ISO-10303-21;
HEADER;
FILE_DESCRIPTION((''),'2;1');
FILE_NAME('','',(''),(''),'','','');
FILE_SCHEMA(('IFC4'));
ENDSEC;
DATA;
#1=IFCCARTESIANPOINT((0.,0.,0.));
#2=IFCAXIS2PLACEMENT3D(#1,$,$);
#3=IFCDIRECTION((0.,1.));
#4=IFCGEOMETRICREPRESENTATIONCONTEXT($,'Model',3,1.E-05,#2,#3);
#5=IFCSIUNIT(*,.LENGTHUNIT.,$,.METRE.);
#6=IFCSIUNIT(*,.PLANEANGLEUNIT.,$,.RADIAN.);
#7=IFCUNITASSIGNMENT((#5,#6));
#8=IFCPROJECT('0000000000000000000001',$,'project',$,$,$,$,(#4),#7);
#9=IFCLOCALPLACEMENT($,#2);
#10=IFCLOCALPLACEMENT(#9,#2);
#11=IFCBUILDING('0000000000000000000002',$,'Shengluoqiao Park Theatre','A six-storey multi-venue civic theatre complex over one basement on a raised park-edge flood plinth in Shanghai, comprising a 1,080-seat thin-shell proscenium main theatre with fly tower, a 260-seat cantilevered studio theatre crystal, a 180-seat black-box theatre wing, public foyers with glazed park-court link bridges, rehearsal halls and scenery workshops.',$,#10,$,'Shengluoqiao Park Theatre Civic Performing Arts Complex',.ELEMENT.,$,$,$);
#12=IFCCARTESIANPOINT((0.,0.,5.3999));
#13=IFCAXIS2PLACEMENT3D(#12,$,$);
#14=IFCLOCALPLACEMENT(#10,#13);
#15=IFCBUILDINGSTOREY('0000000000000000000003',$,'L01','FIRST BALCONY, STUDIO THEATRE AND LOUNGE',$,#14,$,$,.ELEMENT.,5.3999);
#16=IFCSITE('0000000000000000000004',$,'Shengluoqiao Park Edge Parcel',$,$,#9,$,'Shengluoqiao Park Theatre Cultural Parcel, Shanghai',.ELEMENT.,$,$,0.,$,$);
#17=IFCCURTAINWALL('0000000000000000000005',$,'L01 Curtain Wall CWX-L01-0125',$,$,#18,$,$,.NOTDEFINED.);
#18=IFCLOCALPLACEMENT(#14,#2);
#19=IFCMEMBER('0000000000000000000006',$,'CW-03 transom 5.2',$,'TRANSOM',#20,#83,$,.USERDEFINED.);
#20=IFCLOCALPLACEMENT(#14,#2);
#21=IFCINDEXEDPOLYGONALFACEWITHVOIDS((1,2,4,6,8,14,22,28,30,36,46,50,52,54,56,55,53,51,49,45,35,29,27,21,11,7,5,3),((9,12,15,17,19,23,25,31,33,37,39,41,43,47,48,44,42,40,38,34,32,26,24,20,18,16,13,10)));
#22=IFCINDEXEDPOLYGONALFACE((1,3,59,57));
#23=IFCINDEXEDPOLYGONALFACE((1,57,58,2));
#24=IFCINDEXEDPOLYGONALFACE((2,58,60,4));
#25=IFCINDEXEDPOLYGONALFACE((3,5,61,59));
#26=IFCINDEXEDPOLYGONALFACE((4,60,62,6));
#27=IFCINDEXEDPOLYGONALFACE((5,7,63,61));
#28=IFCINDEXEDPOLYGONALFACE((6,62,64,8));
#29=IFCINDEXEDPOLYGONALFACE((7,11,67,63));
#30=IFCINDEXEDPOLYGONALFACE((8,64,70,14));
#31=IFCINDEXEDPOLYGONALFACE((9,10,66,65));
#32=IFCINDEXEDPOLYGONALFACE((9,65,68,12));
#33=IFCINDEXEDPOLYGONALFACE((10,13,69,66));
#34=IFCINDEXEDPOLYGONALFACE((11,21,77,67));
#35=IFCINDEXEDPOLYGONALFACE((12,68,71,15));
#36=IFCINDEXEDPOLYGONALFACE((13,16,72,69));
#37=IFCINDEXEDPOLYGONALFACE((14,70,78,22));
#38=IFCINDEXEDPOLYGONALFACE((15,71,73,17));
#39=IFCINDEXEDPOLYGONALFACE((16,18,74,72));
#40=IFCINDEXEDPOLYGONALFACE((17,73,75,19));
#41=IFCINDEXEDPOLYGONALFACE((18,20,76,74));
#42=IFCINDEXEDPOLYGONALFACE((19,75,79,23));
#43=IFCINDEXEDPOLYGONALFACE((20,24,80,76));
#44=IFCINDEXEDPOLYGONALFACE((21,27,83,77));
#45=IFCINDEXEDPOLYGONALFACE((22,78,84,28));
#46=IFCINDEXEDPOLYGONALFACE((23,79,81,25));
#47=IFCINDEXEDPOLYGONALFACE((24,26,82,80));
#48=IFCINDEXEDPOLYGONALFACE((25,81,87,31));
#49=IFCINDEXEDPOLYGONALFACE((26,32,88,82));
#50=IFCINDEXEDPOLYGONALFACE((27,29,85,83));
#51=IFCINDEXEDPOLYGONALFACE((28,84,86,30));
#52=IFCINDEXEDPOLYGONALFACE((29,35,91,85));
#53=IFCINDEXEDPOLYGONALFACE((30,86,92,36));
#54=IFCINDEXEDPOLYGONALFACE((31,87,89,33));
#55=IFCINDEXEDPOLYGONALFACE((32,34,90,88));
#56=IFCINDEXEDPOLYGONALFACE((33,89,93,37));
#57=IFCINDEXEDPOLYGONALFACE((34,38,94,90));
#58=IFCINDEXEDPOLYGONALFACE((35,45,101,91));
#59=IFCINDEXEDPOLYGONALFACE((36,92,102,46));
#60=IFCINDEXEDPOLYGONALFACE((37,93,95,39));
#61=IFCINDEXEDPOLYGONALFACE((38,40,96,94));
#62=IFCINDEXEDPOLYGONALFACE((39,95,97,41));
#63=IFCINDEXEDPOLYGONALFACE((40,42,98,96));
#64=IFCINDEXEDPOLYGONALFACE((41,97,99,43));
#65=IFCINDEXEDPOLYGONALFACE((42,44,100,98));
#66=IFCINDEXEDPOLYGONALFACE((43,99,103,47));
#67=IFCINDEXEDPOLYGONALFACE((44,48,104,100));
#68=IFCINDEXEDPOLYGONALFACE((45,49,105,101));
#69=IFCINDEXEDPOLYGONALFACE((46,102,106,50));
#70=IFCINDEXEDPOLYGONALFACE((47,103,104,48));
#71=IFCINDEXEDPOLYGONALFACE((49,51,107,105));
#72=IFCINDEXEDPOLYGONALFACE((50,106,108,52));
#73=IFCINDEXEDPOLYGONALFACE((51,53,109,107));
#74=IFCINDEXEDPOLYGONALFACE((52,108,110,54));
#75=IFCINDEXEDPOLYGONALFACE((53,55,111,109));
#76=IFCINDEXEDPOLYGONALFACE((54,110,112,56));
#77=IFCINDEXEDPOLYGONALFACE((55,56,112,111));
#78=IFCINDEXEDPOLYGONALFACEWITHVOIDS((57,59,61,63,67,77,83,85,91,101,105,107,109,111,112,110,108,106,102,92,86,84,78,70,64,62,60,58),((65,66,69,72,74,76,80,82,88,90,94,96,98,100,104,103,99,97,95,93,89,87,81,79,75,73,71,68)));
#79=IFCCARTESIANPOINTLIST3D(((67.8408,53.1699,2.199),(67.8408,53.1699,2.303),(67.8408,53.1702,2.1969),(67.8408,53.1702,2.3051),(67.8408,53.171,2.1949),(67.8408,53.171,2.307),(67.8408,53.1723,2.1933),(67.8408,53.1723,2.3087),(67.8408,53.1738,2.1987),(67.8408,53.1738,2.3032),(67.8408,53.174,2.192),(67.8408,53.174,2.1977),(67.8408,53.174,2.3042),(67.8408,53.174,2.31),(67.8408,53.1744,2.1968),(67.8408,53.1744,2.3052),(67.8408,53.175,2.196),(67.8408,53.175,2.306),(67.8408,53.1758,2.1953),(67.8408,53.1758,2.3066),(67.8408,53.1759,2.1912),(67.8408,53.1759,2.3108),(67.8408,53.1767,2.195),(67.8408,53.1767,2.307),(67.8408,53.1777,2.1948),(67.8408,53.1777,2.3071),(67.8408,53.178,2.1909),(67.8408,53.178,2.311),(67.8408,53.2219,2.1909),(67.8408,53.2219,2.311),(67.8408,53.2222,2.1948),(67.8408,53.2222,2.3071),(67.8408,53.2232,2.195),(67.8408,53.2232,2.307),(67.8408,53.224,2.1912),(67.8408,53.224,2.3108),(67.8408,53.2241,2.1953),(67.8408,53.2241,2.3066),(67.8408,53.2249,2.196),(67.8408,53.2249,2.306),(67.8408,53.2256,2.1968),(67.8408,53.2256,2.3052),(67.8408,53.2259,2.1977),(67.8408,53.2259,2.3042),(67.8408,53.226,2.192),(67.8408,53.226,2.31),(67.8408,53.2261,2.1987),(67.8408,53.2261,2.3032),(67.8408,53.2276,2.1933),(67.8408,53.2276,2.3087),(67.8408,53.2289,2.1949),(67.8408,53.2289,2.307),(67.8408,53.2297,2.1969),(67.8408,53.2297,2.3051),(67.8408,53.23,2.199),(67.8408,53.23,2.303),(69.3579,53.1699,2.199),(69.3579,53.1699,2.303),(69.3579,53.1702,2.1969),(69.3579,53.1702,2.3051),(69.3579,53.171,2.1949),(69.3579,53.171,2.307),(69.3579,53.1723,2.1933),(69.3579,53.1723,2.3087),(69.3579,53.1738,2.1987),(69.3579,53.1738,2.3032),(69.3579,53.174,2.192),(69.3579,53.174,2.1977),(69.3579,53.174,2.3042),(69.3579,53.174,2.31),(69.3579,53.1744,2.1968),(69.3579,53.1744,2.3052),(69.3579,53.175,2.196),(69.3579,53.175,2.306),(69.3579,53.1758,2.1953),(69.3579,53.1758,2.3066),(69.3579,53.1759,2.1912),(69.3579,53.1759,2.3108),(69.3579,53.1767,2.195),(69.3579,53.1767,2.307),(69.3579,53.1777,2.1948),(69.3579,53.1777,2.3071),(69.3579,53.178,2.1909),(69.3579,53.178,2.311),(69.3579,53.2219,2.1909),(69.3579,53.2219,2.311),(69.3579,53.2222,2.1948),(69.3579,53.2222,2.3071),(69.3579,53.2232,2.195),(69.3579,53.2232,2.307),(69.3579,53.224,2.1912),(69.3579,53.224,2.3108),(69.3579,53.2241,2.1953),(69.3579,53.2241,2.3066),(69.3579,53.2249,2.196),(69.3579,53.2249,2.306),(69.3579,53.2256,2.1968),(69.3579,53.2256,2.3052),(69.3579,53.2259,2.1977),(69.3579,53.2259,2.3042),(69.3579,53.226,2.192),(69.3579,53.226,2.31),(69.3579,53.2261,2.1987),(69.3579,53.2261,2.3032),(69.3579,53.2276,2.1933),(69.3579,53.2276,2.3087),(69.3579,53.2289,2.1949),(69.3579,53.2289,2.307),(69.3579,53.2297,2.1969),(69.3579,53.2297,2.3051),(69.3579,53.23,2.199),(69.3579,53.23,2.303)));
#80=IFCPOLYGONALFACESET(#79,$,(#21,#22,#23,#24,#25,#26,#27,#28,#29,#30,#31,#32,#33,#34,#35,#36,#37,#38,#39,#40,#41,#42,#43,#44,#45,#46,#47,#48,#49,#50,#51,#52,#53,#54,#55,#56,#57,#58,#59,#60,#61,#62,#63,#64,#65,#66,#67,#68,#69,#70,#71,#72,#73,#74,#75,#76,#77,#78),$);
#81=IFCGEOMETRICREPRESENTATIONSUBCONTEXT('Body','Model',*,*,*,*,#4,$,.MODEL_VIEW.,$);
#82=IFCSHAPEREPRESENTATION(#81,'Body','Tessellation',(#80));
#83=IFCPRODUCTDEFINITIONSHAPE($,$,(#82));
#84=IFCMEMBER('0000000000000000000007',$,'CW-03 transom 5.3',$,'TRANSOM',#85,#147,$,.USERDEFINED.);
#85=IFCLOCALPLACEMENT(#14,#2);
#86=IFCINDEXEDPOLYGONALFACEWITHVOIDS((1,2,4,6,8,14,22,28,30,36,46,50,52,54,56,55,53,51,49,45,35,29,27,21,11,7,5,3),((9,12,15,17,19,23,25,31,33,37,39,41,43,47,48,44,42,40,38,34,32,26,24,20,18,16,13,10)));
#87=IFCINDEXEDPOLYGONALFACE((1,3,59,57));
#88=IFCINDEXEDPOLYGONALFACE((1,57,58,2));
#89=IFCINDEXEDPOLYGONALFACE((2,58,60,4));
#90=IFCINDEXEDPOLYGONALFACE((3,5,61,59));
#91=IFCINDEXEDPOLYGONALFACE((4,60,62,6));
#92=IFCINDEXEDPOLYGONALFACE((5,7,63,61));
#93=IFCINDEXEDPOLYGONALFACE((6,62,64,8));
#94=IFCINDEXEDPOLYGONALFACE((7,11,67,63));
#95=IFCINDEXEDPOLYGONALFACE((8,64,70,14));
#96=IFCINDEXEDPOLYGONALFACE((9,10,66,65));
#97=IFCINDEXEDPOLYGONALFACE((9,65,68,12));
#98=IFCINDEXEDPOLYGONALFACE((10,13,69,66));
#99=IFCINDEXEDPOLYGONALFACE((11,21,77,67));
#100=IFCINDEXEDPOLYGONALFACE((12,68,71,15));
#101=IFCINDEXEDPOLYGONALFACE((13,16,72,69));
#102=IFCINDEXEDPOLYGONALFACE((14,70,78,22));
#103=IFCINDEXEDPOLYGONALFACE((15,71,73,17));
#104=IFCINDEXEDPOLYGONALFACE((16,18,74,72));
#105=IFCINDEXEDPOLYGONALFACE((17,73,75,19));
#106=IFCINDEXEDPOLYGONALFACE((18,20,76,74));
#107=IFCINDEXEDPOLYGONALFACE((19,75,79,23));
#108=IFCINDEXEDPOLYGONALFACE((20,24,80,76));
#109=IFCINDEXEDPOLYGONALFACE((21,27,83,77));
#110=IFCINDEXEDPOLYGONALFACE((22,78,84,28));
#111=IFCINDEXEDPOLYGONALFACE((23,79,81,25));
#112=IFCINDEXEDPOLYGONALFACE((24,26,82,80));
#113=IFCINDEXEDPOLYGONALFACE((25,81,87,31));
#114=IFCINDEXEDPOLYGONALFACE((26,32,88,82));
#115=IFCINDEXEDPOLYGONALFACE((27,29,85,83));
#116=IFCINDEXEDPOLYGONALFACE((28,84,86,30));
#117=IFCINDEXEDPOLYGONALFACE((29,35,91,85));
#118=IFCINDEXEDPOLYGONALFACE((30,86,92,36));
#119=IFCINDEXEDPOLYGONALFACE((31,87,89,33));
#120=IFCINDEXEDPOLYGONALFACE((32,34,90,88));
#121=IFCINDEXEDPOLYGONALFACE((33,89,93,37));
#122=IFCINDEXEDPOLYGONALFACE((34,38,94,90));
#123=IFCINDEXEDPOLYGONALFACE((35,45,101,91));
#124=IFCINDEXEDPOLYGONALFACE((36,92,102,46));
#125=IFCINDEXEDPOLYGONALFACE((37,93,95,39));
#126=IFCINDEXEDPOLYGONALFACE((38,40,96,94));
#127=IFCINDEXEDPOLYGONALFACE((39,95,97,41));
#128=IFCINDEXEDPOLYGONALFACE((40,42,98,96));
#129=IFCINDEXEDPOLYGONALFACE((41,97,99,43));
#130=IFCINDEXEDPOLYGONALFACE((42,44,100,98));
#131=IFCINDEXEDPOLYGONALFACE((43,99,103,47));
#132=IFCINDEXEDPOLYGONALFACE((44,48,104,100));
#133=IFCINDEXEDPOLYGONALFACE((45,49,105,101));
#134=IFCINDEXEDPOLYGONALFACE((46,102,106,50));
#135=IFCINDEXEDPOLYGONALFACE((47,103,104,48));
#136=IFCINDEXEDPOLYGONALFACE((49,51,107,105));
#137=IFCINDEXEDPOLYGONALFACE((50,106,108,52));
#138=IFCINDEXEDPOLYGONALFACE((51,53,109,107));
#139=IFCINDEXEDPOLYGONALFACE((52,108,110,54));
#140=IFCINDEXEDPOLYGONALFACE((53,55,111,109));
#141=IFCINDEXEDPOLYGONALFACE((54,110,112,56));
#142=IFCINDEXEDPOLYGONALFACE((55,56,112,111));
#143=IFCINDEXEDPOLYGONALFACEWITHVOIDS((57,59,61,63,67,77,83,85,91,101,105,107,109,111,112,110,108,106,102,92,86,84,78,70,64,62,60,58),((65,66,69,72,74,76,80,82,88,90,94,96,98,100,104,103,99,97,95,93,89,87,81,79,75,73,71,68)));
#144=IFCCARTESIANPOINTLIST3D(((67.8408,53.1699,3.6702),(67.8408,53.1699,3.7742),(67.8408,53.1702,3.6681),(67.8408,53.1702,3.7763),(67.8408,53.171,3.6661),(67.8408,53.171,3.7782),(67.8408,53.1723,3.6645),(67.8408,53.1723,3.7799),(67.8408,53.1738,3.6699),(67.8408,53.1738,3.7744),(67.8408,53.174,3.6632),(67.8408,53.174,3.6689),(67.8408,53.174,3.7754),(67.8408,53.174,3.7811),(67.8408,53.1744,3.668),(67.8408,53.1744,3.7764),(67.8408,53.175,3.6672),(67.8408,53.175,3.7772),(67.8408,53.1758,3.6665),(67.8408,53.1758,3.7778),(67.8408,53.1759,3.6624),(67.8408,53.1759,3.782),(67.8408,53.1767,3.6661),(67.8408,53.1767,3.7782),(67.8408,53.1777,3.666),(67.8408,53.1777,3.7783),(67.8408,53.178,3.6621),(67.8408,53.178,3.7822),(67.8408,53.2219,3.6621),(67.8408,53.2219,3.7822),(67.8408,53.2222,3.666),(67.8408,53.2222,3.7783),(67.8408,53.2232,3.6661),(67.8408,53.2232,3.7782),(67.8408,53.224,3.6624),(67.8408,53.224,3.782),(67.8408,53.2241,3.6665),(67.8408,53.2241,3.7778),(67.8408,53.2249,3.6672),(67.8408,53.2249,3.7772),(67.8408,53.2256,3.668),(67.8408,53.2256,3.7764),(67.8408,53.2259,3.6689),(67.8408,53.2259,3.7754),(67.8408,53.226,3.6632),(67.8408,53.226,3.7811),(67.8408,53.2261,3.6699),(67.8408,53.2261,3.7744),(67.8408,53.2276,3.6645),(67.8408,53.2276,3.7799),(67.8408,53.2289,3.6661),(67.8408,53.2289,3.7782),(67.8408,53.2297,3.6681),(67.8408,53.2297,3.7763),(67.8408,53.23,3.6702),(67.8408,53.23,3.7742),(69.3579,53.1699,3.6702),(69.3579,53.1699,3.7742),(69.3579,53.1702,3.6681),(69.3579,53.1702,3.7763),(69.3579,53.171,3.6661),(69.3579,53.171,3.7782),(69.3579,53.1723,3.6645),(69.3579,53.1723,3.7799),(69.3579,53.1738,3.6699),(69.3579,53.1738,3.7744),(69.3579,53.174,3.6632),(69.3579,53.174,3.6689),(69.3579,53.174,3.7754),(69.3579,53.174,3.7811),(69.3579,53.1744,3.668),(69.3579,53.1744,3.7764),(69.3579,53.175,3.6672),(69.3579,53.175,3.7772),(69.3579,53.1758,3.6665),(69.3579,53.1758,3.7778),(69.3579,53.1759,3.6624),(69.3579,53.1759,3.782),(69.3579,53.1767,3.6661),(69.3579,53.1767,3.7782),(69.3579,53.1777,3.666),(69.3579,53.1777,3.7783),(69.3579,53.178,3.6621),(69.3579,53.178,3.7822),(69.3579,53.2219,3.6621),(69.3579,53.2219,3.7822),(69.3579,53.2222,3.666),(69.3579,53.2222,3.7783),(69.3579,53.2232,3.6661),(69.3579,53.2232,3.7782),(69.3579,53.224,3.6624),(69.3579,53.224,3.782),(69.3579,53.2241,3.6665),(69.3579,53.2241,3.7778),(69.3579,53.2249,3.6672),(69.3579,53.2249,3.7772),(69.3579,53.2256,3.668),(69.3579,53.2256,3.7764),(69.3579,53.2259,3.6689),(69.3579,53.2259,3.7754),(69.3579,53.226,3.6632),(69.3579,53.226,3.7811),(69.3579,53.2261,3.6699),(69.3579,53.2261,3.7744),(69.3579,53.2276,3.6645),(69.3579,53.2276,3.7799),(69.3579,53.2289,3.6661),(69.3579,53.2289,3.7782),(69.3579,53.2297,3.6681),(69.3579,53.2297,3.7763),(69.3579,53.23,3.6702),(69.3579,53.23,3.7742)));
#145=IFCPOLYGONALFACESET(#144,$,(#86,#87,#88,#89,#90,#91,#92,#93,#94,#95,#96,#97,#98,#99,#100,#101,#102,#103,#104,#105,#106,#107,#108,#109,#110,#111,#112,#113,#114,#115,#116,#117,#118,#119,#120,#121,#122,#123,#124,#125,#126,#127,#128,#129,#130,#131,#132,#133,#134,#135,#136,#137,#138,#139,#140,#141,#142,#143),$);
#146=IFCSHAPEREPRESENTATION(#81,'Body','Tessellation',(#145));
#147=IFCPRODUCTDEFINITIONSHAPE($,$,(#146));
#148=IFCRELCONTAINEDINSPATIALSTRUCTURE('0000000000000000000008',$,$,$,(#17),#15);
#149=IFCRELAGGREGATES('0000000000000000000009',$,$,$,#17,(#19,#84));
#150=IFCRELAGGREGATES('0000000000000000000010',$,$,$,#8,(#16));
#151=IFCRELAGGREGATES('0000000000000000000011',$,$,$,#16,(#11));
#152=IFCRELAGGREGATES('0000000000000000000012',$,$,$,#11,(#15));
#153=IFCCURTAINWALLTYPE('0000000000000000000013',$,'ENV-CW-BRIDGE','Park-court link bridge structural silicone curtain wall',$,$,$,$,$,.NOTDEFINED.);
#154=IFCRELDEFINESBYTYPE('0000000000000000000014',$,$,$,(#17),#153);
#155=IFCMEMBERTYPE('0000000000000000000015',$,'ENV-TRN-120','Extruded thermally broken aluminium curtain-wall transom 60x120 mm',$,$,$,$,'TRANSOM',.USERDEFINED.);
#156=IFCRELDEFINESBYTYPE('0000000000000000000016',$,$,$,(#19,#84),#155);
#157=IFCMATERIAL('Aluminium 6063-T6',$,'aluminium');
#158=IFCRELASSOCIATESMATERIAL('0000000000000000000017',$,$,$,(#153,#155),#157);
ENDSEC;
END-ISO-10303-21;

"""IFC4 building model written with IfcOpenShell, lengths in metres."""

from ifc_helpers import new_model, si_unit, direction, frame, origin, origin_2d, place, context, subcontext, project, spatial, hollow_rectangle, extrude, material, material_profile, profile_set, type_object, element, aggregate, save


model = new_model("IFC4")

# Units and contexts
model_context = context("Model", 3, precision=1e-05, world=origin(), true_north=direction((0.0, 1.0)))
body_context = subcontext(model_context, "Body", "Model", "MODEL_VIEW")
ifc_project = project(units=[si_unit("LENGTHUNIT", "METRE"), si_unit("PLANEANGLEUNIT", "RADIAN")], contexts=[model_context])

# Site, building, storey
site_placement = place(None, origin())
site = spatial("IfcSite", under=ifc_project, at=site_placement, Name="Shengluoqiao Park Edge Parcel", LongName="Shengluoqiao Park Theatre Cultural Parcel, Shanghai", CompositionType="ELEMENT", RefElevation=0.0)
building_placement = place(site_placement, origin())
building = spatial("IfcBuilding", under=site, at=building_placement, Name="Shengluoqiao Park Theatre", Description="A six-storey multi-venue civic theatre complex over one basement on a raised park-edge flood plinth in Shanghai, comprising a 1,080-seat thin-shell proscenium main theatre with fly tower, a 260-seat cantilevered studio theatre crystal, a 180-seat black-box theatre wing, public foyers with glazed park-court link bridges, rehearsal halls and scenery workshops.", LongName="Shengluoqiao Park Theatre Civic Performing Arts Complex", CompositionType="ELEMENT")
storey_placement = place(building_placement, frame((0.0, 0.0, 5.3999)))
storey = spatial("IfcBuildingStorey", under=building, at=storey_placement, Name="L01", Description="FIRST BALCONY, STUDIO THEATRE AND LOUNGE", CompositionType="ELEMENT", Elevation=5.3999)

# Curtain wall
ifc_material_1 = material(Name="Aluminium 6063-T6", Category="aluminium")
curtain_wall_type = type_object("IfcCurtainWallType", Name="ENV-CW-BRIDGE", Description="Park-court link bridge structural silicone curtain wall", PredefinedType="NOTDEFINED", material=ifc_material_1)
curtain_wall_1_placement = place(storey_placement, origin())
curtain_wall_1 = element("IfcCurtainWall", 1, at=curtain_wall_1_placement, inside=storey, type_object=curtain_wall_type, Name="L01 Curtain Wall CWX-L01-0125", PredefinedType="NOTDEFINED")

# Members
ifc_material_profile_1 = material_profile(ifc_material_1, hollow_rectangle(XDim=0.0601, YDim=0.1201, WallThickness=0.0039, InnerFilletRadius=0.0039, OuterFilletRadius=0.0081, at=origin_2d()), Name="ALU TRANSOM 120x60x4")
ifc_profile_set_1 = profile_set([ifc_material_profile_1], Name="Aluminium 6063-T6")
member_type_1 = type_object("IfcMemberType", Name="ENV-TRN-120", Description="Extruded thermally broken aluminium curtain-wall transom 60x120 mm", ElementType="TRANSOM", PredefinedType="USERDEFINED", material=ifc_profile_set_1)
member_1_placement = place(storey_placement, frame((67.8408, 53.2, 2.251), z_axis=(1.0, 0.0, 0.0), x_axis=(0.0, 1.0, 0.0)))
member_1 = element("IfcMember", 2, at=member_1_placement, type_object=member_type_1, Name="CW-03 transom 5.2", ObjectType="TRANSOM", PredefinedType="USERDEFINED", context=body_context, shape_type="SweptSolid", body=[
    extrude(hollow_rectangle(XDim=0.0601, YDim=0.1201, WallThickness=0.0039, InnerFilletRadius=0.0039, OuterFilletRadius=0.0081, at=origin_2d()), origin(), (0.0, 0.0, 1.0), 1.5171),
])
member_2_placement = place(storey_placement, frame((67.8408, 53.2, 3.7222), z_axis=(1.0, 0.0, 0.0), x_axis=(0.0, 1.0, 0.0)))
member_2 = element("IfcMember", 3, at=member_2_placement, type_object=member_type_1, Name="CW-03 transom 5.3", ObjectType="TRANSOM", PredefinedType="USERDEFINED", context=body_context, shape_type="SweptSolid", body=[
    extrude(hollow_rectangle(XDim=0.0601, YDim=0.1201, WallThickness=0.0039, InnerFilletRadius=0.0039, OuterFilletRadius=0.0081, at=origin_2d()), origin(), (0.0, 0.0, 1.0), 1.5171),
])

aggregate(curtain_wall_1, [member_1, member_2])

save(model, "model.ifc")
